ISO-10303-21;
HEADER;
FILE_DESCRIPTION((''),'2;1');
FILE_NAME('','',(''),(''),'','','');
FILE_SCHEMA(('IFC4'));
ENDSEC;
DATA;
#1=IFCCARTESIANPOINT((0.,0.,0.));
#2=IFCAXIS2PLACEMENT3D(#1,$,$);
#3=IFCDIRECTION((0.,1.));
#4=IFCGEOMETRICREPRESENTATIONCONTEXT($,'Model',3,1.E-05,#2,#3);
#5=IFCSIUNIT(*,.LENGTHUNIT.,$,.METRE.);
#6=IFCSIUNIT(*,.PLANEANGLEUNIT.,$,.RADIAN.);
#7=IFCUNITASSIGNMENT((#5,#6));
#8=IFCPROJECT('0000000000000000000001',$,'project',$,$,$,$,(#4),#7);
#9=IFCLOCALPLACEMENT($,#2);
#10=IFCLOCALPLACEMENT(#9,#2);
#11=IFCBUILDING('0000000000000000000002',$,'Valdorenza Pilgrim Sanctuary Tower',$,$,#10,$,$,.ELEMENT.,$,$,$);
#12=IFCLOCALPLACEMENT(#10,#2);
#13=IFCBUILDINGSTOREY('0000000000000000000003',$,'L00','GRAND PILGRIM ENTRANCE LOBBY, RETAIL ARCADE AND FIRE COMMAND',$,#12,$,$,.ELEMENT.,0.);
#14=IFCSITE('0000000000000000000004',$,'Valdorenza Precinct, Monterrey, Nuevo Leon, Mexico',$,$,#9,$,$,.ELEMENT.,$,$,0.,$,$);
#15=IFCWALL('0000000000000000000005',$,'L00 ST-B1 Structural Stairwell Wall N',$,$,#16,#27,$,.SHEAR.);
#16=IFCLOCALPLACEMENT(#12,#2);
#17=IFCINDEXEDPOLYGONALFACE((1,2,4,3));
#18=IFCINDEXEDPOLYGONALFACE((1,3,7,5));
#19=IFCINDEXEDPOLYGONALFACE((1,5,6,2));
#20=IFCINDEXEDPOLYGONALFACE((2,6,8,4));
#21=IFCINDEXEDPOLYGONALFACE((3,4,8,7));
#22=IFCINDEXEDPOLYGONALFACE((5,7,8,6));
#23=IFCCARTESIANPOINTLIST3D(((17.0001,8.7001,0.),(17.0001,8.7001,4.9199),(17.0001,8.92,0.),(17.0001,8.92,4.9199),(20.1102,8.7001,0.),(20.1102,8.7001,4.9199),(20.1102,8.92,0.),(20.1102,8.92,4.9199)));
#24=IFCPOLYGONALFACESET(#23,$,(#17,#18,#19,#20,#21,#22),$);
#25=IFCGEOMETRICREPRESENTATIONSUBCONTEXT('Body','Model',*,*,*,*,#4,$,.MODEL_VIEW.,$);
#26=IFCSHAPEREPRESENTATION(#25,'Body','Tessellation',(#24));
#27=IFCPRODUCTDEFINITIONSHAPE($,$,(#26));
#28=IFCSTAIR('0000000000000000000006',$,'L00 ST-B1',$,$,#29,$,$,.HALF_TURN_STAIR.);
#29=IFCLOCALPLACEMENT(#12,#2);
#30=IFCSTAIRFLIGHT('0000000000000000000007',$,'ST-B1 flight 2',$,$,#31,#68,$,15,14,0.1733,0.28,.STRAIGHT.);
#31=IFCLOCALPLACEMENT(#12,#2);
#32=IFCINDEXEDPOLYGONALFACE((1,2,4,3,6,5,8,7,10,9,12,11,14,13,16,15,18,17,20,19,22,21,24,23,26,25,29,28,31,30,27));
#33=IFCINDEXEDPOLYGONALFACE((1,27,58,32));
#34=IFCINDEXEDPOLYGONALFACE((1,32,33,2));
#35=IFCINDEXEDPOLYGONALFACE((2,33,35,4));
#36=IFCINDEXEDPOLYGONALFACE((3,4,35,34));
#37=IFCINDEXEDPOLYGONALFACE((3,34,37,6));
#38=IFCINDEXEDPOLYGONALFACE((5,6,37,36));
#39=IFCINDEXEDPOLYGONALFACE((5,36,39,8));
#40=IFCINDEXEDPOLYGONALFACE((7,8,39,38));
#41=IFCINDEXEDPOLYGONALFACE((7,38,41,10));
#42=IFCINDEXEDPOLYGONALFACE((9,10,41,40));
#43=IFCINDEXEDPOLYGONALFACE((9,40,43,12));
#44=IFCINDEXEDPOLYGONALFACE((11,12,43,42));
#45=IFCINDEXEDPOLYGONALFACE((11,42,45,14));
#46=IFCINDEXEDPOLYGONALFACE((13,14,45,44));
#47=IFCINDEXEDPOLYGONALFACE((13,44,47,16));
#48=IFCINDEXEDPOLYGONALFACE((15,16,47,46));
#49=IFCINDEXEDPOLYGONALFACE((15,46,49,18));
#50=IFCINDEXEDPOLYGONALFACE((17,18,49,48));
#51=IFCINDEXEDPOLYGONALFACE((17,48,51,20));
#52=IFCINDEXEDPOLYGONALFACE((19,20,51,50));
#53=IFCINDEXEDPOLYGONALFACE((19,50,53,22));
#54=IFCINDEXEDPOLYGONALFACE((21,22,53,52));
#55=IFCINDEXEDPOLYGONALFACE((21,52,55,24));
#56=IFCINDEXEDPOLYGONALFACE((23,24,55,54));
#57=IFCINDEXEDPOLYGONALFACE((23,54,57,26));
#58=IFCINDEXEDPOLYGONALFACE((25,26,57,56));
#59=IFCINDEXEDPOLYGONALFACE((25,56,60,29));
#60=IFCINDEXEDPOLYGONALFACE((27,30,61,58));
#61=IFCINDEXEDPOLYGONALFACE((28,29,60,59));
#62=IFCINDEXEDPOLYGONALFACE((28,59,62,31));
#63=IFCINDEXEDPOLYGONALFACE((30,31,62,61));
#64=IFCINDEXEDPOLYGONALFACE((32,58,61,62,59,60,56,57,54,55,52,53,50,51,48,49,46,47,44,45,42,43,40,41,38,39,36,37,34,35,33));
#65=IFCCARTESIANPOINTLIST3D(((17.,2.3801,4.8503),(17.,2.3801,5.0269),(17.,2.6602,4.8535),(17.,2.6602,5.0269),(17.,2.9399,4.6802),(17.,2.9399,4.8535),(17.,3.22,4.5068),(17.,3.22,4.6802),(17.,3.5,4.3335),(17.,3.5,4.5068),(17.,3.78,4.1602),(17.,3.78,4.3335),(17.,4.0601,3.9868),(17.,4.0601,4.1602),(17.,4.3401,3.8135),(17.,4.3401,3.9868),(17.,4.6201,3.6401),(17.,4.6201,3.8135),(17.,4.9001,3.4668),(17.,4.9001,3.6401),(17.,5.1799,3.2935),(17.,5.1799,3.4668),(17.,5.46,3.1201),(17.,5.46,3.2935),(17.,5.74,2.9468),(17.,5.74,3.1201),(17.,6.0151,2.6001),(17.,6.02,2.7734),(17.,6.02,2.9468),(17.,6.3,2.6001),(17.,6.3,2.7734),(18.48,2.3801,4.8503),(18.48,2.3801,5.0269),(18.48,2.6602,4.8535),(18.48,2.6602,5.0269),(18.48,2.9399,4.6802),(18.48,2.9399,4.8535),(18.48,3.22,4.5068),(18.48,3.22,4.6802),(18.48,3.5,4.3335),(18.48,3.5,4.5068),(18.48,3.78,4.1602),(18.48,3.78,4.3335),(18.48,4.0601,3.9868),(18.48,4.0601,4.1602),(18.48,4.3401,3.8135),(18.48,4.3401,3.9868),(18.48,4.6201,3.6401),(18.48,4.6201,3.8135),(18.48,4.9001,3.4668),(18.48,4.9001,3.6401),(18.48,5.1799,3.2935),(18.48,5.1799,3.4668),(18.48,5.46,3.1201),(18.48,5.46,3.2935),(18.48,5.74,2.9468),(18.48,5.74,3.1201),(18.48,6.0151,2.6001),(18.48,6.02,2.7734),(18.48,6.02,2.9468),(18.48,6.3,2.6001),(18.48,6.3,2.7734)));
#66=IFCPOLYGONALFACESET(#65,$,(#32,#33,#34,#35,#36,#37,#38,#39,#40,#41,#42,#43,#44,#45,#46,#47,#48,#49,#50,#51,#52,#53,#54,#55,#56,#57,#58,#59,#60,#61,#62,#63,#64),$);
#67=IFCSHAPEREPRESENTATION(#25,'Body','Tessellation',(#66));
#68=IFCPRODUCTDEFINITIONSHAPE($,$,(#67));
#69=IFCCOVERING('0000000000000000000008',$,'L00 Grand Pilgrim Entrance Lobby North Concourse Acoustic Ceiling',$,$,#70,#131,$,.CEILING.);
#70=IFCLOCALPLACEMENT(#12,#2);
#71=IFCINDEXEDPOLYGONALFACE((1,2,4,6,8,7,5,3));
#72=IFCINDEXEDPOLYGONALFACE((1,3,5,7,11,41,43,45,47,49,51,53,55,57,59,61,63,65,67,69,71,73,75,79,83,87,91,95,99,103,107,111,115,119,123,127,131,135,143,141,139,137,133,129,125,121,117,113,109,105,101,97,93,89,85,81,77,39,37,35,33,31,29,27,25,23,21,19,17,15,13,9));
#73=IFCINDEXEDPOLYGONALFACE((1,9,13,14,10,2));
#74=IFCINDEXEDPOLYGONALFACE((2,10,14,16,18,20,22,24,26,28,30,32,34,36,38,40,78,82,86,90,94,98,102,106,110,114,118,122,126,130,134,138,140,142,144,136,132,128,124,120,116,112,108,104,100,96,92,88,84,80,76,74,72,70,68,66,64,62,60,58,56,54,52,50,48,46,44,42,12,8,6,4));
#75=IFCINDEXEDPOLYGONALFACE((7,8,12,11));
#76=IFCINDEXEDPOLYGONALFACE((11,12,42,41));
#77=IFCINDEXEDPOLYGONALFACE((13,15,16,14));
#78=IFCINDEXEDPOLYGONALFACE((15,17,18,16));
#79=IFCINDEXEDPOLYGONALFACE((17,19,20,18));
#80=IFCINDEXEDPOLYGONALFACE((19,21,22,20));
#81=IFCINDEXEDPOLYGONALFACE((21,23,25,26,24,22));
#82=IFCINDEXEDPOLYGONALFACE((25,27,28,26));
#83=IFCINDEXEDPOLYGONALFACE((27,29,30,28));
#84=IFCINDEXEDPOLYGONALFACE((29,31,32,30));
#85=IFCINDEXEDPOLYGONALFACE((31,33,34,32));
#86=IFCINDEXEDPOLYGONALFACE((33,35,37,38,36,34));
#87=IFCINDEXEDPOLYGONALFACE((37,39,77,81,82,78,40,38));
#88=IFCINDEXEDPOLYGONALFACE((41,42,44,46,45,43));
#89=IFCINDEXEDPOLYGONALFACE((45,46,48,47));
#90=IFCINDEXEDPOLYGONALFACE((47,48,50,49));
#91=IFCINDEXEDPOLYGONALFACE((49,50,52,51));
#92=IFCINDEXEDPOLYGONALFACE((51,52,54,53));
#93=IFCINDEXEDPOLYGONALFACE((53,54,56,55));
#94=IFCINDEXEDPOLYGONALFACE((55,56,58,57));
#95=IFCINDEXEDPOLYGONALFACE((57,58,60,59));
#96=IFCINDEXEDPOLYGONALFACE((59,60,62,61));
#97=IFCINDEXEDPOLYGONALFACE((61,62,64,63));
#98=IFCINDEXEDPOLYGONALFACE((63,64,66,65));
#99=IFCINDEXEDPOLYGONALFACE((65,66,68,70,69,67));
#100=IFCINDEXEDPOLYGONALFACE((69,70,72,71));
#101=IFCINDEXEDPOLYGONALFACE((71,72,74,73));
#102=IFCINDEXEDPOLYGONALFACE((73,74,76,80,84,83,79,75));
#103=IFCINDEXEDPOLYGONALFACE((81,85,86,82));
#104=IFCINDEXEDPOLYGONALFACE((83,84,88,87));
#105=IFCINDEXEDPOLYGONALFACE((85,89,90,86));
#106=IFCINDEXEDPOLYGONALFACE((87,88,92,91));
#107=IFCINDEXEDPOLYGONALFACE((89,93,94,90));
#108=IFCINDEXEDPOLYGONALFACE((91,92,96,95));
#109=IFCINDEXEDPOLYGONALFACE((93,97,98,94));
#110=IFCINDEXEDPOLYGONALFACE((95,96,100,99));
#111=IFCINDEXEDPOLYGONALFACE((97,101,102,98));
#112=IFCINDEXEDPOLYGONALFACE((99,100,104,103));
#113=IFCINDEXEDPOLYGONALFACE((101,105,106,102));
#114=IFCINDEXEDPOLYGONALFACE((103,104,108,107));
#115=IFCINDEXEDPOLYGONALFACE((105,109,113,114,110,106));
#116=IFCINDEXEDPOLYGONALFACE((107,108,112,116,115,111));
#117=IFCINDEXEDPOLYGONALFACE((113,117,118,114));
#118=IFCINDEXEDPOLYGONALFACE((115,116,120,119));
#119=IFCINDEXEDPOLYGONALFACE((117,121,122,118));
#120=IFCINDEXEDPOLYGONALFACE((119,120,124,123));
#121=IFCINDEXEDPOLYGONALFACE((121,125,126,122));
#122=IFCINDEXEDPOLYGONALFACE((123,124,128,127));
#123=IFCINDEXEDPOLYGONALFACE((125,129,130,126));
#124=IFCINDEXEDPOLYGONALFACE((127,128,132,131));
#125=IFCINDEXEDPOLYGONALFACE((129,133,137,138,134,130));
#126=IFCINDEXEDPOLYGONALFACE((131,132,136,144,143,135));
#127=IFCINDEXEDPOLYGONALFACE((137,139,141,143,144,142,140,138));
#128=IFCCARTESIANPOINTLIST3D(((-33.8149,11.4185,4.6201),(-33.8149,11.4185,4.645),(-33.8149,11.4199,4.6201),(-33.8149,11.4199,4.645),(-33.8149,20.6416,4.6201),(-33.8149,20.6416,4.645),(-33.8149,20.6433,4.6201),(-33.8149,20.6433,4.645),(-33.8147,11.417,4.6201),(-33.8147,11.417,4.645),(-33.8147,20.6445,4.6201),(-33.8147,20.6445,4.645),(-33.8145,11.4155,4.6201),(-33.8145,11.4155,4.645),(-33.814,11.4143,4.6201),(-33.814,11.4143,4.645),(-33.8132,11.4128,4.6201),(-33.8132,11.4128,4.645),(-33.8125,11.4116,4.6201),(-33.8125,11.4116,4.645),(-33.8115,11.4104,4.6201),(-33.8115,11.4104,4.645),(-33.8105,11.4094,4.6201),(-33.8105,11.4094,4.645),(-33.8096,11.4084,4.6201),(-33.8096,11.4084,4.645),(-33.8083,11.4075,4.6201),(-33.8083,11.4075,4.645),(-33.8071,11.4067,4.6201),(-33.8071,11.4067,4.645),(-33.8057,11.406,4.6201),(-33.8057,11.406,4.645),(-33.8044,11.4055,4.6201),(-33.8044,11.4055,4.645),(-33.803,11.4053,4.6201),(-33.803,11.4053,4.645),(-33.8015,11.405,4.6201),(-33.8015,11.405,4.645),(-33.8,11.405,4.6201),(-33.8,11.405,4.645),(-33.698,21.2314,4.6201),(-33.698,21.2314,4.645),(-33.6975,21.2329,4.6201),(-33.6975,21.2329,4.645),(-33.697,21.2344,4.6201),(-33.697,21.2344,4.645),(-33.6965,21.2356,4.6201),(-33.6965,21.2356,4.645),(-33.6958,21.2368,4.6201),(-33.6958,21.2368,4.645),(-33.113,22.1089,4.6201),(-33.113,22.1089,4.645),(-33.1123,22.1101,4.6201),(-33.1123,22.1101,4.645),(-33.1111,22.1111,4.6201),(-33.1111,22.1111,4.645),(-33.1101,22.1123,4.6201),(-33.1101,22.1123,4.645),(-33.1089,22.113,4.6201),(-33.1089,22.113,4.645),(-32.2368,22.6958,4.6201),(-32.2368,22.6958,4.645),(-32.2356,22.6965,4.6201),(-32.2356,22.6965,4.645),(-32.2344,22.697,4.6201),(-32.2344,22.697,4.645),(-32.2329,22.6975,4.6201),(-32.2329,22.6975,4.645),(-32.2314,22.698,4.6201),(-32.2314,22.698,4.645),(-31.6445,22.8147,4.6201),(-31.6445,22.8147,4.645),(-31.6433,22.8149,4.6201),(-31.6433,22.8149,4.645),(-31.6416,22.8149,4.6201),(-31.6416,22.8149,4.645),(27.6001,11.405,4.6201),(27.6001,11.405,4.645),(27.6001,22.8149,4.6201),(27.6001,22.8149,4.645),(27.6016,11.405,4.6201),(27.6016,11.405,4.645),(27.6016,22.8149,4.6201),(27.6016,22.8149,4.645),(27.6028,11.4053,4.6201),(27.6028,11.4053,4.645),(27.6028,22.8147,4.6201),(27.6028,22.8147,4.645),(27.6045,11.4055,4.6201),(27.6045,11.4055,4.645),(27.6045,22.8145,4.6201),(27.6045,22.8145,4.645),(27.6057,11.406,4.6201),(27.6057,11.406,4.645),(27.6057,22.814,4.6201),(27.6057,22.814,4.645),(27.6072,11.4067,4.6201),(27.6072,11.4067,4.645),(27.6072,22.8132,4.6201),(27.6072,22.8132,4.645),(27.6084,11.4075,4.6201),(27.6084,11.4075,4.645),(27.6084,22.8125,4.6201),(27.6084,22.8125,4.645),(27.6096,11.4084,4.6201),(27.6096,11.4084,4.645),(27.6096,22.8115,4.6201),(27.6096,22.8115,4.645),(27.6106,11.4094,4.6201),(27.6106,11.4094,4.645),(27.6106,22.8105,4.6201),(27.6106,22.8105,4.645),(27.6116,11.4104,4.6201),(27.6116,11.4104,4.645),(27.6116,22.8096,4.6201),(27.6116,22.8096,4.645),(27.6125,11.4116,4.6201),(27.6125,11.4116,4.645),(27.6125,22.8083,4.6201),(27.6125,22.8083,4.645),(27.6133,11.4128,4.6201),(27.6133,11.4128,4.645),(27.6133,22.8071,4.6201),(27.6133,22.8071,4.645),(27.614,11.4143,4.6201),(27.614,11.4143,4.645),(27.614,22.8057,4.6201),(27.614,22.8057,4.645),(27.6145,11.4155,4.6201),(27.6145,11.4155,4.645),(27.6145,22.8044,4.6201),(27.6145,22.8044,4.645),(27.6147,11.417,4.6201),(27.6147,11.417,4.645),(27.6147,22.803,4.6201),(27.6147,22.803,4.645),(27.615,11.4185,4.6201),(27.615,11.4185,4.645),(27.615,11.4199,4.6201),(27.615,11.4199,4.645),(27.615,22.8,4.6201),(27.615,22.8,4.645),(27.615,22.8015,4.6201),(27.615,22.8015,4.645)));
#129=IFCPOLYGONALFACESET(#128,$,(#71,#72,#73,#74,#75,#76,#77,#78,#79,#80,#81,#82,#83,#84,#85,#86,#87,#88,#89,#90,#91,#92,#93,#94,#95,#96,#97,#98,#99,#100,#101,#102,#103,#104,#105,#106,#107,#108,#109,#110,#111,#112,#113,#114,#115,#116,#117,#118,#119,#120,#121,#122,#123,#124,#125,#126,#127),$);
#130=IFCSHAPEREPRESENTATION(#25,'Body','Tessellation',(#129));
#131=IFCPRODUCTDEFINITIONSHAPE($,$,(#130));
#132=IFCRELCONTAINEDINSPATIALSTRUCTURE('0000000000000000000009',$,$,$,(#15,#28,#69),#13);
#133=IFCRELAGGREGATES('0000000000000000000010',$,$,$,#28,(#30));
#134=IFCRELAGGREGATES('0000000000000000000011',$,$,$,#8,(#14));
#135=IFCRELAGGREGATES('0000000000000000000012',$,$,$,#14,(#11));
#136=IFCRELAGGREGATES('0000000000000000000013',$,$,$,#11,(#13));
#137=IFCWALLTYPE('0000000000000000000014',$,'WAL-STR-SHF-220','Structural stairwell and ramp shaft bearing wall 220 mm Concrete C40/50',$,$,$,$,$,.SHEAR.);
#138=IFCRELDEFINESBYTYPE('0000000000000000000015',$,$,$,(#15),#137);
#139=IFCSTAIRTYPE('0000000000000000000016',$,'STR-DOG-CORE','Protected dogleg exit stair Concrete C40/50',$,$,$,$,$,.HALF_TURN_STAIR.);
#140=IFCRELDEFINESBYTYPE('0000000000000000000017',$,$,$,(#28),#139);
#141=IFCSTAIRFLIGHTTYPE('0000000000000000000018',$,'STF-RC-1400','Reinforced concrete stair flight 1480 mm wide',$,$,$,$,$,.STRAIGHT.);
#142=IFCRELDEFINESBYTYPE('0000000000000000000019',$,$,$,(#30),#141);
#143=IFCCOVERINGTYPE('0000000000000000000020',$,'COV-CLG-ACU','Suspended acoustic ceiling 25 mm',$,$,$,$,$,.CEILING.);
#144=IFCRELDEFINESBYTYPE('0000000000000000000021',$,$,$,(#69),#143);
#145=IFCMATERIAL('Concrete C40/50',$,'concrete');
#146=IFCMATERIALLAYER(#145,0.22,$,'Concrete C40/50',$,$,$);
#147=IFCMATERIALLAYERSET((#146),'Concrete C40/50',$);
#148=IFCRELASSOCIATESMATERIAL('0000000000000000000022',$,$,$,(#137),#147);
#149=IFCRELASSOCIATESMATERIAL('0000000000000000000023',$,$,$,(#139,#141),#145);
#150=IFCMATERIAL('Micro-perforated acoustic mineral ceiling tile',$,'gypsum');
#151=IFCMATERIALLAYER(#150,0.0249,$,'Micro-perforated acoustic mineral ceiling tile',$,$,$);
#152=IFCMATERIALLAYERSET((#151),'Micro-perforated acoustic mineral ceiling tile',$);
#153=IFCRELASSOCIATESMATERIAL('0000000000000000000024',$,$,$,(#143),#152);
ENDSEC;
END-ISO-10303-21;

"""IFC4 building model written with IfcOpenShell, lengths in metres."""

from ifc_helpers import new_model, si_unit, direction, frame, frame_2d, origin, place, context, subcontext, project, spatial, polyline, rectangle, outline, extrude, material, layer, layer_set, type_object, element, aggregate, save


model = new_model("IFC4")

# Units and contexts
model_context = context("Model", 3, precision=1e-05, world=origin(), true_north=direction((0.0, 1.0)))
body_context = subcontext(model_context, "Body", "Model", "MODEL_VIEW")
ifc_project = project(units=[si_unit("LENGTHUNIT", "METRE"), si_unit("PLANEANGLEUNIT", "RADIAN")], contexts=[model_context])

# Site, building, storey
site_placement = place(None, origin())
site = spatial("IfcSite", under=ifc_project, at=site_placement, Name="Valdorenza Precinct, Monterrey, Nuevo Leon, Mexico", CompositionType="ELEMENT", RefElevation=0.0)
building_placement = place(site_placement, origin())
building = spatial("IfcBuilding", under=site, at=building_placement, Name="Valdorenza Pilgrim Sanctuary Tower", CompositionType="ELEMENT")
storey_placement = place(building_placement, origin())
storey = spatial("IfcBuildingStorey", under=building, at=storey_placement, Name="L00", Description="GRAND PILGRIM ENTRANCE LOBBY, RETAIL ARCADE AND FIRE COMMAND", CompositionType="ELEMENT", Elevation=0.0)

# Shared definitions
ifc_material_1 = material(Name="Concrete C40/50", Category="concrete")
ifc_layer_1 = layer(ifc_material_1, 0.22, Name="Concrete C40/50")
ifc_layer_set_1 = layer_set([ifc_layer_1], Name="Concrete C40/50")
wall_type_1 = type_object("IfcWallType", Name="WAL-STR-SHF-220", Description="Structural stairwell and ramp shaft bearing wall 220 mm Concrete C40/50", PredefinedType="SHEAR", material=ifc_layer_set_1)

# Wall
wall_1_placement = place(storey_placement, frame((17.0, 8.8101, 0.0), z_axis=(0.0, 0.0, 1.0), x_axis=(1.0, 0.0, 0.0)))
element("IfcWall", 1, at=wall_1_placement, inside=storey, type_object=wall_type_1, Name="L00 ST-B1 Structural Stairwell Wall N", PredefinedType="SHEAR", context=body_context, shape_type="SweptSolid", body=[
    extrude(rectangle(XDim=3.1101, YDim=0.22, at=frame_2d((1.5552, 0.0))), origin(), (0.0, 0.0, 1.0), 4.9199),
])

# Stair, stair flight
stair_type = type_object("IfcStairType", Name="STR-DOG-CORE", Description="Protected dogleg exit stair Concrete C40/50", PredefinedType="HALF_TURN_STAIR", material=ifc_material_1)
stair_placement = place(storey_placement, origin())
stair = element("IfcStair", 2, at=stair_placement, inside=storey, type_object=stair_type, Name="L00 ST-B1", PredefinedType="HALF_TURN_STAIR")
stair_flight_type = type_object("IfcStairFlightType", Name="STF-RC-1400", Description="Reinforced concrete stair flight 1480 mm wide", PredefinedType="STRAIGHT", material=ifc_material_1)
stair_flight_placement = place(storey_placement, frame((17.74, 6.3, 2.6001), z_axis=(0.0, 0.0, 1.0), x_axis=(0.0, -1.0, 0.0)))
stair_flight = element("IfcStairFlight", 3, at=stair_flight_placement, type_object=stair_flight_type, Name="ST-B1 flight 2", NumberOfRisers=15, NumberOfTreads=14, PredefinedType="STRAIGHT", RiserHeight=0.1733, TreadLength=0.28, context=body_context, shape_type="SweptSolid", body=[
    extrude(outline(polyline([(0.0, 0.0), (0.0, 0.1733), (0.28, 0.1733), (0.28, 0.3467), (0.5601, 0.3467), (0.5601, 0.52), (0.8401, 0.52), (0.8401, 0.6934), (1.1201, 0.6934), (1.1201, 0.8667), (1.3999, 0.8667), (1.3999, 1.04), (1.6799, 1.04), (1.6799, 1.2134), (1.96, 1.2134), (1.96, 1.3867), (2.24, 1.3867), (2.24, 1.5601), (2.52, 1.5601), (2.52, 1.7334), (2.8, 1.7334), (2.8, 1.9067), (3.0801, 1.9067), (3.0801, 2.0801), (3.3601, 2.0801), (3.3601, 2.2534), (3.6399, 2.2534), (3.6399, 2.4268), (3.9199, 2.4268), (3.9199, 2.6001), (3.9199, 2.2502), (0.2849, 0.0), (0.0, 0.0)])), frame((0.0, 0.74, 0.0), z_axis=(0.0, -1.0, 0.0), x_axis=(1.0, 0.0, 0.0)), (0.0, 0.0, 1.0), 1.48),
])
aggregate(stair, [stair_flight])

# Covering
ifc_material_2 = material(Name="Micro-perforated acoustic mineral ceiling tile", Category="gypsum")
ifc_layer_2 = layer(ifc_material_2, 0.0249, Name="Micro-perforated acoustic mineral ceiling tile")
ifc_layer_set_2 = layer_set([ifc_layer_2], Name="Micro-perforated acoustic mineral ceiling tile")
covering_type_1 = type_object("IfcCoveringType", Name="COV-CLG-ACU", Description="Suspended acoustic ceiling 25 mm", PredefinedType="CEILING", material=ifc_layer_set_2)
covering_1_placement = place(storey_placement, frame((0.0, 0.0, 4.6201)))
element("IfcCovering", 4, at=covering_1_placement, inside=storey, type_object=covering_type_1, Name="L00 Grand Pilgrim Entrance Lobby North Concourse Acoustic Ceiling", PredefinedType="CEILING", context=body_context, shape_type="SweptSolid", body=[
    extrude(outline(polyline([(27.615, 11.4199), (27.615, 11.4185), (27.6147, 11.417), (27.6145, 11.4155), (27.614, 11.4143), (27.6133, 11.4128), (27.6125, 11.4116), (27.6116, 11.4104), (27.6106, 11.4094), (27.6096, 11.4084), (27.6084, 11.4075), (27.6072, 11.4067), (27.6057, 11.406), (27.6045, 11.4055), (27.6028, 11.4053), (27.6016, 11.405), (27.6001, 11.405), (-33.8, 11.405), (-33.8015, 11.405), (-33.803, 11.4053), (-33.8044, 11.4055), (-33.8057, 11.406), (-33.8071, 11.4067), (-33.8083, 11.4075), (-33.8096, 11.4084), (-33.8105, 11.4094), (-33.8115, 11.4104), (-33.8125, 11.4116), (-33.8132, 11.4128), (-33.814, 11.4143), (-33.8145, 11.4155), (-33.8147, 11.417), (-33.8149, 11.4185), (-33.8149, 11.4199), (-33.8149, 20.6416), (-33.8149, 20.6433), (-33.8147, 20.6445), (-33.698, 21.2314), (-33.6975, 21.2329), (-33.697, 21.2344), (-33.6965, 21.2356), (-33.6958, 21.2368), (-33.113, 22.1089), (-33.1123, 22.1101), (-33.1111, 22.1111), (-33.1101, 22.1123), (-33.1089, 22.113), (-32.2368, 22.6958), (-32.2356, 22.6965), (-32.2344, 22.697), (-32.2329, 22.6975), (-32.2314, 22.698), (-31.6445, 22.8147), (-31.6433, 22.8149), (-31.6416, 22.8149), (27.6001, 22.8149), (27.6016, 22.8149), (27.6028, 22.8147), (27.6045, 22.8145), (27.6057, 22.814), (27.6072, 22.8132), (27.6084, 22.8125), (27.6096, 22.8115), (27.6106, 22.8105), (27.6116, 22.8096), (27.6125, 22.8083), (27.6133, 22.8071), (27.614, 22.8057), (27.6145, 22.8044), (27.6147, 22.803), (27.615, 22.8015), (27.615, 22.8), (27.615, 11.4199)])), origin(), (0.0, 0.0, 1.0), 0.0249),
])

save(model, "model.ifc")
